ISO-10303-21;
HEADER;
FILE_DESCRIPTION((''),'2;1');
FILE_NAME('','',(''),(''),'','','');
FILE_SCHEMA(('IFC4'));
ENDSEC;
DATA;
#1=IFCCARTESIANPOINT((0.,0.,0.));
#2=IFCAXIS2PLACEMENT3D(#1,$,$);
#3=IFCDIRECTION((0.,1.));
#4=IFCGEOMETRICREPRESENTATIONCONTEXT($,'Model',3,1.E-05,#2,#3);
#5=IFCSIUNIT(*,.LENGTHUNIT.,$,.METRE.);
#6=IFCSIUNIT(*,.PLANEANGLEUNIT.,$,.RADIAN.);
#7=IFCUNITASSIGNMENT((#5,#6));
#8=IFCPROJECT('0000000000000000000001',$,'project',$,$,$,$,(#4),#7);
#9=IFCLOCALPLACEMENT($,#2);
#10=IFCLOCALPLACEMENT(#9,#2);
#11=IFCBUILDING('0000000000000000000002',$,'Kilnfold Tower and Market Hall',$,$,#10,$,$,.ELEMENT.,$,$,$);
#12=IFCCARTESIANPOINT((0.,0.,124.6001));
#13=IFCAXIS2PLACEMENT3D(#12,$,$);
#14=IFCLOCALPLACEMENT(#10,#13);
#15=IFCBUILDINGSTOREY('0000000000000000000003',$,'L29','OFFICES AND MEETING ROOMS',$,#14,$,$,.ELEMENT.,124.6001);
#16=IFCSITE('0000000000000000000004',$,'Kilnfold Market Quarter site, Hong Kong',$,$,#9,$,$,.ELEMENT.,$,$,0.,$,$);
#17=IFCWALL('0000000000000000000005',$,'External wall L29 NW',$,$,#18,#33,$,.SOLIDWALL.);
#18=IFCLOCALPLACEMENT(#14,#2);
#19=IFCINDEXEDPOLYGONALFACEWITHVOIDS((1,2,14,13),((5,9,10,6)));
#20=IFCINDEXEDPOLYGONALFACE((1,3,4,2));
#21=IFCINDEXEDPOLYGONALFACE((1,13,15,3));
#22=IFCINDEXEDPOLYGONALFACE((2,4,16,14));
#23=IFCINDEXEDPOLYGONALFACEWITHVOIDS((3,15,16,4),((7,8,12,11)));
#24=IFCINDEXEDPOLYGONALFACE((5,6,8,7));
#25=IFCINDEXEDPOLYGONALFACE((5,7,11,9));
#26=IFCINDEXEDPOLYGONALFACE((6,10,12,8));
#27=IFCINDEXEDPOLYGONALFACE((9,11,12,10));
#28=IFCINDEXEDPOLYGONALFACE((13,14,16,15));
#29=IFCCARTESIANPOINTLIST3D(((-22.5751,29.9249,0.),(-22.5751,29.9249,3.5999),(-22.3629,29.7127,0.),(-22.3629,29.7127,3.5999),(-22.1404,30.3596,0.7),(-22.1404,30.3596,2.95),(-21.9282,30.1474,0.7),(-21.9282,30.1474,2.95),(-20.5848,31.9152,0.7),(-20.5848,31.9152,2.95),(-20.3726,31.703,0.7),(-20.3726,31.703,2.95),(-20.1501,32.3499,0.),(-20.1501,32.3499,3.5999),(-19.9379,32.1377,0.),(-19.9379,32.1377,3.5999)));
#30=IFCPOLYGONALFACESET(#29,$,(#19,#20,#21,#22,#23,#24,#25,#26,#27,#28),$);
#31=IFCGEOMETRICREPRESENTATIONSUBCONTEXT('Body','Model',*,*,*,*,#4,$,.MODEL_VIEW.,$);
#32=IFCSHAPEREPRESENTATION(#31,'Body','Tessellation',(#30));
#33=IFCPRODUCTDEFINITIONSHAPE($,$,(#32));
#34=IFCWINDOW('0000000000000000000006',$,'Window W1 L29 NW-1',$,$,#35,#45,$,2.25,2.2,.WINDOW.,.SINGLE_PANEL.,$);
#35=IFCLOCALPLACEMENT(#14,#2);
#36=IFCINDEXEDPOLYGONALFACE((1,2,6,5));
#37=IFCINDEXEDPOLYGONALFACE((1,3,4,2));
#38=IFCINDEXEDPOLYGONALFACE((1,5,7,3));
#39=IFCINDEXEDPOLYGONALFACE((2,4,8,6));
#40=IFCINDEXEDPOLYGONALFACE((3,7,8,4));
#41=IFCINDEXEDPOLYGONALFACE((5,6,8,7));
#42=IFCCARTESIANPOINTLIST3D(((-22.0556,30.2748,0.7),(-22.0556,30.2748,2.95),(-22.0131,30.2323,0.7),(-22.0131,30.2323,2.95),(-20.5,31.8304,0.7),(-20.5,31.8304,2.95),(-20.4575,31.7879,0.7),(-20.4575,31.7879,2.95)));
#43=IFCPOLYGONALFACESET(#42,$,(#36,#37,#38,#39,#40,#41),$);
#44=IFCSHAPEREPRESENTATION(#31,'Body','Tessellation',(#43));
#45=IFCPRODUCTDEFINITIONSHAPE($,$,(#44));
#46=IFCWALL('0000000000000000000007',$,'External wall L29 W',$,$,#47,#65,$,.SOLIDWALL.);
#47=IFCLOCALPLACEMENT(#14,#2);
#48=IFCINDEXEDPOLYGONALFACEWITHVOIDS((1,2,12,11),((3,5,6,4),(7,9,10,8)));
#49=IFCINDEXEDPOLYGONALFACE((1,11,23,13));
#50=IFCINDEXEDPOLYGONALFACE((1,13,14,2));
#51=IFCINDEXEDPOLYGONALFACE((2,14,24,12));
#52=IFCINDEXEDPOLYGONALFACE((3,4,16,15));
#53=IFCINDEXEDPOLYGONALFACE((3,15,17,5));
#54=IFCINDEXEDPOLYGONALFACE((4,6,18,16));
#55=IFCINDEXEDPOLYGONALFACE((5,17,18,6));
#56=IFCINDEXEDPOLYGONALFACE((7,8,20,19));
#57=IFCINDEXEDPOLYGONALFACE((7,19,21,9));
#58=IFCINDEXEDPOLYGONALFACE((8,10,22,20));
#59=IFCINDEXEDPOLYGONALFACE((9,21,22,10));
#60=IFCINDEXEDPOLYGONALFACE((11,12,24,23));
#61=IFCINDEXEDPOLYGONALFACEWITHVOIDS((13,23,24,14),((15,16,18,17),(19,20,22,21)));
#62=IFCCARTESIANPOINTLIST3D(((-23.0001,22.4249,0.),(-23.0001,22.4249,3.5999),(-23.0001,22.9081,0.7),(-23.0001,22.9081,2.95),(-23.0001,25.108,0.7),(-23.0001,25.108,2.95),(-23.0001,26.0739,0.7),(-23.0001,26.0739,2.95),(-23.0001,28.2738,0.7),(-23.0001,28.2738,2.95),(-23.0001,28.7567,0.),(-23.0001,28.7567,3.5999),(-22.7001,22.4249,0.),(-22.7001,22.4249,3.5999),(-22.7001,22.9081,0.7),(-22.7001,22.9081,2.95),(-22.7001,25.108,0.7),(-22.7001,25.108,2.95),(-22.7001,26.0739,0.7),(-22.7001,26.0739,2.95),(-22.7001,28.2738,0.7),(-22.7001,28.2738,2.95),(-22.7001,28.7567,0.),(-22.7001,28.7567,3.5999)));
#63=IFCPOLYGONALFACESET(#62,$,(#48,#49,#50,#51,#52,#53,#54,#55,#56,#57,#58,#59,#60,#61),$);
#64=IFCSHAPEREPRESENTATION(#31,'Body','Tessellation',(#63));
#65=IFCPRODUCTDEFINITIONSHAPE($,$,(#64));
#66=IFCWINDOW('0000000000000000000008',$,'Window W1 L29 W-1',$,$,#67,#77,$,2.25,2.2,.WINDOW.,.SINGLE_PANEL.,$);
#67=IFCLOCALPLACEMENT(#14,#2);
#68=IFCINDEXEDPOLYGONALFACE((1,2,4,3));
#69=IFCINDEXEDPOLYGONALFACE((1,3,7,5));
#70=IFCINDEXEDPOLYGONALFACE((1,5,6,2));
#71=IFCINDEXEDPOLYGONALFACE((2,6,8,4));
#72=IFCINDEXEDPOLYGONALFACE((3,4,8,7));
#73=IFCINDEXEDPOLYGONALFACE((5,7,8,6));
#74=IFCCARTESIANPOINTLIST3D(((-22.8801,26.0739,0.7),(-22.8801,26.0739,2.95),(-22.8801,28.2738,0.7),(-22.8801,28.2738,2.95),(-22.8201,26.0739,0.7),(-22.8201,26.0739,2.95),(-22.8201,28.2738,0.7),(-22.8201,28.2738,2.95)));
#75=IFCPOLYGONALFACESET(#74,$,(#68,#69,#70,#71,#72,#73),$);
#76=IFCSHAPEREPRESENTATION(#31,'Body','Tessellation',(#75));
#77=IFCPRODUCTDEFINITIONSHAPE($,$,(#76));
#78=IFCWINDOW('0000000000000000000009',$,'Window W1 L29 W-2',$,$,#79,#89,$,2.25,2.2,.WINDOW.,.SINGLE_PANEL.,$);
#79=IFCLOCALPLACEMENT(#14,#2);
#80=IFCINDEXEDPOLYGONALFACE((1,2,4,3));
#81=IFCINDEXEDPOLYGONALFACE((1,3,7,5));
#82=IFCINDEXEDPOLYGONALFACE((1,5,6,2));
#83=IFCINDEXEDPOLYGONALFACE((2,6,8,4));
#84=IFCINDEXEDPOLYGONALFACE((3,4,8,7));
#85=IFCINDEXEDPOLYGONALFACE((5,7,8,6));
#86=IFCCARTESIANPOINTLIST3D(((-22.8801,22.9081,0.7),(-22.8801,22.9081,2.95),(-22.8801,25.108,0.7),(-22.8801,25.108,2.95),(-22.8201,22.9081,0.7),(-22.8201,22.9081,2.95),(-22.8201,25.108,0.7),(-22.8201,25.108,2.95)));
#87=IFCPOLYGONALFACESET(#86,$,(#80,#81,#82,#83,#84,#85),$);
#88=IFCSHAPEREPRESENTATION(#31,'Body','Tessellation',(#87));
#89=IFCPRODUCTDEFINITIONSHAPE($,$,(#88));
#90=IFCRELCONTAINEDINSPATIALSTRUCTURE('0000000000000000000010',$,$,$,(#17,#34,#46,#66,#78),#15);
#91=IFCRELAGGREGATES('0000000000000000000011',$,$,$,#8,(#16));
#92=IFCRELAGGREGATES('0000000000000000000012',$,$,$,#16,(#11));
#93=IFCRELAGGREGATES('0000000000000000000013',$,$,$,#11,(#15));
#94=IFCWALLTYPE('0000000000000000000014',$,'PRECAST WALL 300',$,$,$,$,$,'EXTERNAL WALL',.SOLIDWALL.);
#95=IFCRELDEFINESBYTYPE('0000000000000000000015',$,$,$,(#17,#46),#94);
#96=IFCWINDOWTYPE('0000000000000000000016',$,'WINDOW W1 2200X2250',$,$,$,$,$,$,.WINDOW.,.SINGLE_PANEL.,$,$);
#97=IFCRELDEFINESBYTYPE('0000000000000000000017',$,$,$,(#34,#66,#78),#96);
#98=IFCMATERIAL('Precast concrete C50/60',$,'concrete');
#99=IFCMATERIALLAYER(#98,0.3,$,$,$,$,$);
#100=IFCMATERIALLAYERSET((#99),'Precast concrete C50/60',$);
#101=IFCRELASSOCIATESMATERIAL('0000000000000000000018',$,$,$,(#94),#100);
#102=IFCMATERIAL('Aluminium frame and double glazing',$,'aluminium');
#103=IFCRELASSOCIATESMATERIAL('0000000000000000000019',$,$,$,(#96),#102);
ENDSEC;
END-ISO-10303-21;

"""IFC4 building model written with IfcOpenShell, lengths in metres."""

from ifc_helpers import new_model, si_unit, direction, frame, frame_2d, origin, place, context, subcontext, project, spatial, rectangle, extrude, source, transform, mapped, material, layer, layer_set, type_object, element, fill, save


model = new_model("IFC4")

# Units and contexts
model_context = context("Model", 3, precision=1e-05, world=origin(), true_north=direction((0.0, 1.0)))
body_context = subcontext(model_context, "Body", "Model", "MODEL_VIEW")
ifc_project = project(units=[si_unit("LENGTHUNIT", "METRE"), si_unit("PLANEANGLEUNIT", "RADIAN")], contexts=[model_context])

# Site, building, storey
site_placement = place(None, origin())
site = spatial("IfcSite", under=ifc_project, at=site_placement, Name="Kilnfold Market Quarter site, Hong Kong", CompositionType="ELEMENT", RefElevation=0.0)
building_placement = place(site_placement, origin())
building = spatial("IfcBuilding", under=site, at=building_placement, Name="Kilnfold Tower and Market Hall", CompositionType="ELEMENT")
storey_placement = place(building_placement, frame((0.0, 0.0, 124.6001)))
storey = spatial("IfcBuildingStorey", under=building, at=storey_placement, Name="L29", Description="OFFICES AND MEETING ROOMS", CompositionType="ELEMENT", Elevation=124.6001)

# Wall, opening, window
ifc_material_1 = material(Name="Precast concrete C50/60", Category="concrete")
ifc_layer_1 = layer(ifc_material_1, 0.3)
ifc_layer_set_1 = layer_set([ifc_layer_1], Name="Precast concrete C50/60")
wall_type_1 = type_object("IfcWallType", Name="PRECAST WALL 300", ElementType="EXTERNAL WALL", PredefinedType="SOLIDWALL", material=ifc_layer_set_1)
shared_shape_1 = source(origin(), body_context, "Body", "SweptSolid", [
    extrude(rectangle(XDim=3.4294, YDim=0.3, at=frame_2d((1.7148, 0.0))), origin(), (0.0, 0.0, 1.0), 3.5999),
])
wall_1_placement = place(storey_placement, frame((-20.0439, 32.2439, 0.0), z_axis=(0.0, 0.0, 1.0), x_axis=(-0.707107, -0.707107, 0.0)))
wall_1 = element("IfcWall", 1, at=wall_1_placement, inside=storey, type_object=wall_type_1, Name="External wall L29 NW", PredefinedType="SOLIDWALL", context=body_context, shape_type="MappedRepresentation", body=[
    mapped(shared_shape_1, transform((0.0, 0.0, 0.0))),
])
opening_1_placement = place(wall_1_placement, frame((0.6147, 0.0, 0.7)))
opening_1 = element("IfcOpeningElement", 2, at=opening_1_placement, cuts=wall_1, PredefinedType="OPENING", context=body_context, shape_type="SweptSolid", body=[
    extrude(rectangle(XDim=2.2, YDim=2.25, at=frame_2d((1.1001, 1.125))), frame((0.0, 0.1602, 0.0), z_axis=(0.0, -1.0, 0.0), x_axis=(1.0, 0.0, 0.0)), (0.0, 0.0, 1.0), 0.3201),
])
ifc_material_2 = material(Name="Aluminium frame and double glazing", Category="aluminium")
window_type = type_object("IfcWindowType", Name="WINDOW W1 2200X2250", PartitioningType="SINGLE_PANEL", PredefinedType="WINDOW", material=ifc_material_2)
window_1_placement = place(opening_1_placement, origin())
window_1 = element("IfcWindow", 3, at=window_1_placement, inside=storey, type_object=window_type, Name="Window W1 L29 NW-1", OverallHeight=2.25, OverallWidth=2.2, PartitioningType="SINGLE_PANEL", PredefinedType="WINDOW", context=body_context, shape_type="SweptSolid", body=[
    extrude(rectangle(XDim=2.2, YDim=2.25, at=frame_2d((1.1001, 1.125))), frame((0.0, 0.03, 0.0), z_axis=(0.0, -1.0, 0.0), x_axis=(1.0, 0.0, 0.0)), (0.0, 0.0, 1.0), 0.0601),
])
fill(opening_1, window_1)

# Wall, openings, windows
shared_shape_2 = source(origin(), body_context, "Body", "SweptSolid", [
    extrude(rectangle(XDim=6.3318, YDim=0.3, at=frame_2d((3.166, 0.0))), origin(), (0.0, 0.0, 1.0), 3.5999),
])
wall_2_placement = place(storey_placement, frame((-22.8501, 28.7568, 0.0), z_axis=(0.0, 0.0, 1.0), x_axis=(0.0, -1.0, 0.0)))
wall_2 = element("IfcWall", 4, at=wall_2_placement, inside=storey, type_object=wall_type_1, Name="External wall L29 W", PredefinedType="SOLIDWALL", context=body_context, shape_type="MappedRepresentation", body=[
    mapped(shared_shape_2, transform((0.0, 0.0, 0.0))),
])
opening_2_placement = place(wall_2_placement, frame((0.4829, 0.0, 0.7)))
opening_2 = element("IfcOpeningElement", 5, at=opening_2_placement, cuts=wall_2, PredefinedType="OPENING", context=body_context, shape_type="SweptSolid", body=[
    extrude(rectangle(XDim=2.2, YDim=2.25, at=frame_2d((1.1001, 1.125))), frame((0.0, 0.1602, 0.0), z_axis=(0.0, -1.0, 0.0), x_axis=(1.0, 0.0, 0.0)), (0.0, 0.0, 1.0), 0.3201),
])
opening_3_placement = place(wall_2_placement, frame((3.6487, 0.0, 0.7)))
opening_3 = element("IfcOpeningElement", 6, at=opening_3_placement, cuts=wall_2, PredefinedType="OPENING", context=body_context, shape_type="SweptSolid", body=[
    extrude(rectangle(XDim=2.2, YDim=2.25, at=frame_2d((1.1001, 1.125))), frame((0.0, 0.1602, 0.0), z_axis=(0.0, -1.0, 0.0), x_axis=(1.0, 0.0, 0.0)), (0.0, 0.0, 1.0), 0.3201),
])
window_2_placement = place(opening_2_placement, origin())
window_2 = element("IfcWindow", 7, at=window_2_placement, inside=storey, type_object=window_type, Name="Window W1 L29 W-1", OverallHeight=2.25, OverallWidth=2.2, PartitioningType="SINGLE_PANEL", PredefinedType="WINDOW", context=body_context, shape_type="SweptSolid", body=[
    extrude(rectangle(XDim=2.2, YDim=2.25, at=frame_2d((1.1001, 1.125))), frame((0.0, 0.03, 0.0), z_axis=(0.0, -1.0, 0.0), x_axis=(1.0, 0.0, 0.0)), (0.0, 0.0, 1.0), 0.0601),
])
fill(opening_2, window_2)
window_3_placement = place(opening_3_placement, origin())
window_3 = element("IfcWindow", 8, at=window_3_placement, inside=storey, type_object=window_type, Name="Window W1 L29 W-2", OverallHeight=2.25, OverallWidth=2.2, PartitioningType="SINGLE_PANEL", PredefinedType="WINDOW", context=body_context, shape_type="SweptSolid", body=[
    extrude(rectangle(XDim=2.2, YDim=2.25, at=frame_2d((1.1001, 1.125))), frame((0.0, 0.03, 0.0), z_axis=(0.0, -1.0, 0.0), x_axis=(1.0, 0.0, 0.0)), (0.0, 0.0, 1.0), 0.0601),
])
fill(opening_3, window_3)

save(model, "model.ifc")
